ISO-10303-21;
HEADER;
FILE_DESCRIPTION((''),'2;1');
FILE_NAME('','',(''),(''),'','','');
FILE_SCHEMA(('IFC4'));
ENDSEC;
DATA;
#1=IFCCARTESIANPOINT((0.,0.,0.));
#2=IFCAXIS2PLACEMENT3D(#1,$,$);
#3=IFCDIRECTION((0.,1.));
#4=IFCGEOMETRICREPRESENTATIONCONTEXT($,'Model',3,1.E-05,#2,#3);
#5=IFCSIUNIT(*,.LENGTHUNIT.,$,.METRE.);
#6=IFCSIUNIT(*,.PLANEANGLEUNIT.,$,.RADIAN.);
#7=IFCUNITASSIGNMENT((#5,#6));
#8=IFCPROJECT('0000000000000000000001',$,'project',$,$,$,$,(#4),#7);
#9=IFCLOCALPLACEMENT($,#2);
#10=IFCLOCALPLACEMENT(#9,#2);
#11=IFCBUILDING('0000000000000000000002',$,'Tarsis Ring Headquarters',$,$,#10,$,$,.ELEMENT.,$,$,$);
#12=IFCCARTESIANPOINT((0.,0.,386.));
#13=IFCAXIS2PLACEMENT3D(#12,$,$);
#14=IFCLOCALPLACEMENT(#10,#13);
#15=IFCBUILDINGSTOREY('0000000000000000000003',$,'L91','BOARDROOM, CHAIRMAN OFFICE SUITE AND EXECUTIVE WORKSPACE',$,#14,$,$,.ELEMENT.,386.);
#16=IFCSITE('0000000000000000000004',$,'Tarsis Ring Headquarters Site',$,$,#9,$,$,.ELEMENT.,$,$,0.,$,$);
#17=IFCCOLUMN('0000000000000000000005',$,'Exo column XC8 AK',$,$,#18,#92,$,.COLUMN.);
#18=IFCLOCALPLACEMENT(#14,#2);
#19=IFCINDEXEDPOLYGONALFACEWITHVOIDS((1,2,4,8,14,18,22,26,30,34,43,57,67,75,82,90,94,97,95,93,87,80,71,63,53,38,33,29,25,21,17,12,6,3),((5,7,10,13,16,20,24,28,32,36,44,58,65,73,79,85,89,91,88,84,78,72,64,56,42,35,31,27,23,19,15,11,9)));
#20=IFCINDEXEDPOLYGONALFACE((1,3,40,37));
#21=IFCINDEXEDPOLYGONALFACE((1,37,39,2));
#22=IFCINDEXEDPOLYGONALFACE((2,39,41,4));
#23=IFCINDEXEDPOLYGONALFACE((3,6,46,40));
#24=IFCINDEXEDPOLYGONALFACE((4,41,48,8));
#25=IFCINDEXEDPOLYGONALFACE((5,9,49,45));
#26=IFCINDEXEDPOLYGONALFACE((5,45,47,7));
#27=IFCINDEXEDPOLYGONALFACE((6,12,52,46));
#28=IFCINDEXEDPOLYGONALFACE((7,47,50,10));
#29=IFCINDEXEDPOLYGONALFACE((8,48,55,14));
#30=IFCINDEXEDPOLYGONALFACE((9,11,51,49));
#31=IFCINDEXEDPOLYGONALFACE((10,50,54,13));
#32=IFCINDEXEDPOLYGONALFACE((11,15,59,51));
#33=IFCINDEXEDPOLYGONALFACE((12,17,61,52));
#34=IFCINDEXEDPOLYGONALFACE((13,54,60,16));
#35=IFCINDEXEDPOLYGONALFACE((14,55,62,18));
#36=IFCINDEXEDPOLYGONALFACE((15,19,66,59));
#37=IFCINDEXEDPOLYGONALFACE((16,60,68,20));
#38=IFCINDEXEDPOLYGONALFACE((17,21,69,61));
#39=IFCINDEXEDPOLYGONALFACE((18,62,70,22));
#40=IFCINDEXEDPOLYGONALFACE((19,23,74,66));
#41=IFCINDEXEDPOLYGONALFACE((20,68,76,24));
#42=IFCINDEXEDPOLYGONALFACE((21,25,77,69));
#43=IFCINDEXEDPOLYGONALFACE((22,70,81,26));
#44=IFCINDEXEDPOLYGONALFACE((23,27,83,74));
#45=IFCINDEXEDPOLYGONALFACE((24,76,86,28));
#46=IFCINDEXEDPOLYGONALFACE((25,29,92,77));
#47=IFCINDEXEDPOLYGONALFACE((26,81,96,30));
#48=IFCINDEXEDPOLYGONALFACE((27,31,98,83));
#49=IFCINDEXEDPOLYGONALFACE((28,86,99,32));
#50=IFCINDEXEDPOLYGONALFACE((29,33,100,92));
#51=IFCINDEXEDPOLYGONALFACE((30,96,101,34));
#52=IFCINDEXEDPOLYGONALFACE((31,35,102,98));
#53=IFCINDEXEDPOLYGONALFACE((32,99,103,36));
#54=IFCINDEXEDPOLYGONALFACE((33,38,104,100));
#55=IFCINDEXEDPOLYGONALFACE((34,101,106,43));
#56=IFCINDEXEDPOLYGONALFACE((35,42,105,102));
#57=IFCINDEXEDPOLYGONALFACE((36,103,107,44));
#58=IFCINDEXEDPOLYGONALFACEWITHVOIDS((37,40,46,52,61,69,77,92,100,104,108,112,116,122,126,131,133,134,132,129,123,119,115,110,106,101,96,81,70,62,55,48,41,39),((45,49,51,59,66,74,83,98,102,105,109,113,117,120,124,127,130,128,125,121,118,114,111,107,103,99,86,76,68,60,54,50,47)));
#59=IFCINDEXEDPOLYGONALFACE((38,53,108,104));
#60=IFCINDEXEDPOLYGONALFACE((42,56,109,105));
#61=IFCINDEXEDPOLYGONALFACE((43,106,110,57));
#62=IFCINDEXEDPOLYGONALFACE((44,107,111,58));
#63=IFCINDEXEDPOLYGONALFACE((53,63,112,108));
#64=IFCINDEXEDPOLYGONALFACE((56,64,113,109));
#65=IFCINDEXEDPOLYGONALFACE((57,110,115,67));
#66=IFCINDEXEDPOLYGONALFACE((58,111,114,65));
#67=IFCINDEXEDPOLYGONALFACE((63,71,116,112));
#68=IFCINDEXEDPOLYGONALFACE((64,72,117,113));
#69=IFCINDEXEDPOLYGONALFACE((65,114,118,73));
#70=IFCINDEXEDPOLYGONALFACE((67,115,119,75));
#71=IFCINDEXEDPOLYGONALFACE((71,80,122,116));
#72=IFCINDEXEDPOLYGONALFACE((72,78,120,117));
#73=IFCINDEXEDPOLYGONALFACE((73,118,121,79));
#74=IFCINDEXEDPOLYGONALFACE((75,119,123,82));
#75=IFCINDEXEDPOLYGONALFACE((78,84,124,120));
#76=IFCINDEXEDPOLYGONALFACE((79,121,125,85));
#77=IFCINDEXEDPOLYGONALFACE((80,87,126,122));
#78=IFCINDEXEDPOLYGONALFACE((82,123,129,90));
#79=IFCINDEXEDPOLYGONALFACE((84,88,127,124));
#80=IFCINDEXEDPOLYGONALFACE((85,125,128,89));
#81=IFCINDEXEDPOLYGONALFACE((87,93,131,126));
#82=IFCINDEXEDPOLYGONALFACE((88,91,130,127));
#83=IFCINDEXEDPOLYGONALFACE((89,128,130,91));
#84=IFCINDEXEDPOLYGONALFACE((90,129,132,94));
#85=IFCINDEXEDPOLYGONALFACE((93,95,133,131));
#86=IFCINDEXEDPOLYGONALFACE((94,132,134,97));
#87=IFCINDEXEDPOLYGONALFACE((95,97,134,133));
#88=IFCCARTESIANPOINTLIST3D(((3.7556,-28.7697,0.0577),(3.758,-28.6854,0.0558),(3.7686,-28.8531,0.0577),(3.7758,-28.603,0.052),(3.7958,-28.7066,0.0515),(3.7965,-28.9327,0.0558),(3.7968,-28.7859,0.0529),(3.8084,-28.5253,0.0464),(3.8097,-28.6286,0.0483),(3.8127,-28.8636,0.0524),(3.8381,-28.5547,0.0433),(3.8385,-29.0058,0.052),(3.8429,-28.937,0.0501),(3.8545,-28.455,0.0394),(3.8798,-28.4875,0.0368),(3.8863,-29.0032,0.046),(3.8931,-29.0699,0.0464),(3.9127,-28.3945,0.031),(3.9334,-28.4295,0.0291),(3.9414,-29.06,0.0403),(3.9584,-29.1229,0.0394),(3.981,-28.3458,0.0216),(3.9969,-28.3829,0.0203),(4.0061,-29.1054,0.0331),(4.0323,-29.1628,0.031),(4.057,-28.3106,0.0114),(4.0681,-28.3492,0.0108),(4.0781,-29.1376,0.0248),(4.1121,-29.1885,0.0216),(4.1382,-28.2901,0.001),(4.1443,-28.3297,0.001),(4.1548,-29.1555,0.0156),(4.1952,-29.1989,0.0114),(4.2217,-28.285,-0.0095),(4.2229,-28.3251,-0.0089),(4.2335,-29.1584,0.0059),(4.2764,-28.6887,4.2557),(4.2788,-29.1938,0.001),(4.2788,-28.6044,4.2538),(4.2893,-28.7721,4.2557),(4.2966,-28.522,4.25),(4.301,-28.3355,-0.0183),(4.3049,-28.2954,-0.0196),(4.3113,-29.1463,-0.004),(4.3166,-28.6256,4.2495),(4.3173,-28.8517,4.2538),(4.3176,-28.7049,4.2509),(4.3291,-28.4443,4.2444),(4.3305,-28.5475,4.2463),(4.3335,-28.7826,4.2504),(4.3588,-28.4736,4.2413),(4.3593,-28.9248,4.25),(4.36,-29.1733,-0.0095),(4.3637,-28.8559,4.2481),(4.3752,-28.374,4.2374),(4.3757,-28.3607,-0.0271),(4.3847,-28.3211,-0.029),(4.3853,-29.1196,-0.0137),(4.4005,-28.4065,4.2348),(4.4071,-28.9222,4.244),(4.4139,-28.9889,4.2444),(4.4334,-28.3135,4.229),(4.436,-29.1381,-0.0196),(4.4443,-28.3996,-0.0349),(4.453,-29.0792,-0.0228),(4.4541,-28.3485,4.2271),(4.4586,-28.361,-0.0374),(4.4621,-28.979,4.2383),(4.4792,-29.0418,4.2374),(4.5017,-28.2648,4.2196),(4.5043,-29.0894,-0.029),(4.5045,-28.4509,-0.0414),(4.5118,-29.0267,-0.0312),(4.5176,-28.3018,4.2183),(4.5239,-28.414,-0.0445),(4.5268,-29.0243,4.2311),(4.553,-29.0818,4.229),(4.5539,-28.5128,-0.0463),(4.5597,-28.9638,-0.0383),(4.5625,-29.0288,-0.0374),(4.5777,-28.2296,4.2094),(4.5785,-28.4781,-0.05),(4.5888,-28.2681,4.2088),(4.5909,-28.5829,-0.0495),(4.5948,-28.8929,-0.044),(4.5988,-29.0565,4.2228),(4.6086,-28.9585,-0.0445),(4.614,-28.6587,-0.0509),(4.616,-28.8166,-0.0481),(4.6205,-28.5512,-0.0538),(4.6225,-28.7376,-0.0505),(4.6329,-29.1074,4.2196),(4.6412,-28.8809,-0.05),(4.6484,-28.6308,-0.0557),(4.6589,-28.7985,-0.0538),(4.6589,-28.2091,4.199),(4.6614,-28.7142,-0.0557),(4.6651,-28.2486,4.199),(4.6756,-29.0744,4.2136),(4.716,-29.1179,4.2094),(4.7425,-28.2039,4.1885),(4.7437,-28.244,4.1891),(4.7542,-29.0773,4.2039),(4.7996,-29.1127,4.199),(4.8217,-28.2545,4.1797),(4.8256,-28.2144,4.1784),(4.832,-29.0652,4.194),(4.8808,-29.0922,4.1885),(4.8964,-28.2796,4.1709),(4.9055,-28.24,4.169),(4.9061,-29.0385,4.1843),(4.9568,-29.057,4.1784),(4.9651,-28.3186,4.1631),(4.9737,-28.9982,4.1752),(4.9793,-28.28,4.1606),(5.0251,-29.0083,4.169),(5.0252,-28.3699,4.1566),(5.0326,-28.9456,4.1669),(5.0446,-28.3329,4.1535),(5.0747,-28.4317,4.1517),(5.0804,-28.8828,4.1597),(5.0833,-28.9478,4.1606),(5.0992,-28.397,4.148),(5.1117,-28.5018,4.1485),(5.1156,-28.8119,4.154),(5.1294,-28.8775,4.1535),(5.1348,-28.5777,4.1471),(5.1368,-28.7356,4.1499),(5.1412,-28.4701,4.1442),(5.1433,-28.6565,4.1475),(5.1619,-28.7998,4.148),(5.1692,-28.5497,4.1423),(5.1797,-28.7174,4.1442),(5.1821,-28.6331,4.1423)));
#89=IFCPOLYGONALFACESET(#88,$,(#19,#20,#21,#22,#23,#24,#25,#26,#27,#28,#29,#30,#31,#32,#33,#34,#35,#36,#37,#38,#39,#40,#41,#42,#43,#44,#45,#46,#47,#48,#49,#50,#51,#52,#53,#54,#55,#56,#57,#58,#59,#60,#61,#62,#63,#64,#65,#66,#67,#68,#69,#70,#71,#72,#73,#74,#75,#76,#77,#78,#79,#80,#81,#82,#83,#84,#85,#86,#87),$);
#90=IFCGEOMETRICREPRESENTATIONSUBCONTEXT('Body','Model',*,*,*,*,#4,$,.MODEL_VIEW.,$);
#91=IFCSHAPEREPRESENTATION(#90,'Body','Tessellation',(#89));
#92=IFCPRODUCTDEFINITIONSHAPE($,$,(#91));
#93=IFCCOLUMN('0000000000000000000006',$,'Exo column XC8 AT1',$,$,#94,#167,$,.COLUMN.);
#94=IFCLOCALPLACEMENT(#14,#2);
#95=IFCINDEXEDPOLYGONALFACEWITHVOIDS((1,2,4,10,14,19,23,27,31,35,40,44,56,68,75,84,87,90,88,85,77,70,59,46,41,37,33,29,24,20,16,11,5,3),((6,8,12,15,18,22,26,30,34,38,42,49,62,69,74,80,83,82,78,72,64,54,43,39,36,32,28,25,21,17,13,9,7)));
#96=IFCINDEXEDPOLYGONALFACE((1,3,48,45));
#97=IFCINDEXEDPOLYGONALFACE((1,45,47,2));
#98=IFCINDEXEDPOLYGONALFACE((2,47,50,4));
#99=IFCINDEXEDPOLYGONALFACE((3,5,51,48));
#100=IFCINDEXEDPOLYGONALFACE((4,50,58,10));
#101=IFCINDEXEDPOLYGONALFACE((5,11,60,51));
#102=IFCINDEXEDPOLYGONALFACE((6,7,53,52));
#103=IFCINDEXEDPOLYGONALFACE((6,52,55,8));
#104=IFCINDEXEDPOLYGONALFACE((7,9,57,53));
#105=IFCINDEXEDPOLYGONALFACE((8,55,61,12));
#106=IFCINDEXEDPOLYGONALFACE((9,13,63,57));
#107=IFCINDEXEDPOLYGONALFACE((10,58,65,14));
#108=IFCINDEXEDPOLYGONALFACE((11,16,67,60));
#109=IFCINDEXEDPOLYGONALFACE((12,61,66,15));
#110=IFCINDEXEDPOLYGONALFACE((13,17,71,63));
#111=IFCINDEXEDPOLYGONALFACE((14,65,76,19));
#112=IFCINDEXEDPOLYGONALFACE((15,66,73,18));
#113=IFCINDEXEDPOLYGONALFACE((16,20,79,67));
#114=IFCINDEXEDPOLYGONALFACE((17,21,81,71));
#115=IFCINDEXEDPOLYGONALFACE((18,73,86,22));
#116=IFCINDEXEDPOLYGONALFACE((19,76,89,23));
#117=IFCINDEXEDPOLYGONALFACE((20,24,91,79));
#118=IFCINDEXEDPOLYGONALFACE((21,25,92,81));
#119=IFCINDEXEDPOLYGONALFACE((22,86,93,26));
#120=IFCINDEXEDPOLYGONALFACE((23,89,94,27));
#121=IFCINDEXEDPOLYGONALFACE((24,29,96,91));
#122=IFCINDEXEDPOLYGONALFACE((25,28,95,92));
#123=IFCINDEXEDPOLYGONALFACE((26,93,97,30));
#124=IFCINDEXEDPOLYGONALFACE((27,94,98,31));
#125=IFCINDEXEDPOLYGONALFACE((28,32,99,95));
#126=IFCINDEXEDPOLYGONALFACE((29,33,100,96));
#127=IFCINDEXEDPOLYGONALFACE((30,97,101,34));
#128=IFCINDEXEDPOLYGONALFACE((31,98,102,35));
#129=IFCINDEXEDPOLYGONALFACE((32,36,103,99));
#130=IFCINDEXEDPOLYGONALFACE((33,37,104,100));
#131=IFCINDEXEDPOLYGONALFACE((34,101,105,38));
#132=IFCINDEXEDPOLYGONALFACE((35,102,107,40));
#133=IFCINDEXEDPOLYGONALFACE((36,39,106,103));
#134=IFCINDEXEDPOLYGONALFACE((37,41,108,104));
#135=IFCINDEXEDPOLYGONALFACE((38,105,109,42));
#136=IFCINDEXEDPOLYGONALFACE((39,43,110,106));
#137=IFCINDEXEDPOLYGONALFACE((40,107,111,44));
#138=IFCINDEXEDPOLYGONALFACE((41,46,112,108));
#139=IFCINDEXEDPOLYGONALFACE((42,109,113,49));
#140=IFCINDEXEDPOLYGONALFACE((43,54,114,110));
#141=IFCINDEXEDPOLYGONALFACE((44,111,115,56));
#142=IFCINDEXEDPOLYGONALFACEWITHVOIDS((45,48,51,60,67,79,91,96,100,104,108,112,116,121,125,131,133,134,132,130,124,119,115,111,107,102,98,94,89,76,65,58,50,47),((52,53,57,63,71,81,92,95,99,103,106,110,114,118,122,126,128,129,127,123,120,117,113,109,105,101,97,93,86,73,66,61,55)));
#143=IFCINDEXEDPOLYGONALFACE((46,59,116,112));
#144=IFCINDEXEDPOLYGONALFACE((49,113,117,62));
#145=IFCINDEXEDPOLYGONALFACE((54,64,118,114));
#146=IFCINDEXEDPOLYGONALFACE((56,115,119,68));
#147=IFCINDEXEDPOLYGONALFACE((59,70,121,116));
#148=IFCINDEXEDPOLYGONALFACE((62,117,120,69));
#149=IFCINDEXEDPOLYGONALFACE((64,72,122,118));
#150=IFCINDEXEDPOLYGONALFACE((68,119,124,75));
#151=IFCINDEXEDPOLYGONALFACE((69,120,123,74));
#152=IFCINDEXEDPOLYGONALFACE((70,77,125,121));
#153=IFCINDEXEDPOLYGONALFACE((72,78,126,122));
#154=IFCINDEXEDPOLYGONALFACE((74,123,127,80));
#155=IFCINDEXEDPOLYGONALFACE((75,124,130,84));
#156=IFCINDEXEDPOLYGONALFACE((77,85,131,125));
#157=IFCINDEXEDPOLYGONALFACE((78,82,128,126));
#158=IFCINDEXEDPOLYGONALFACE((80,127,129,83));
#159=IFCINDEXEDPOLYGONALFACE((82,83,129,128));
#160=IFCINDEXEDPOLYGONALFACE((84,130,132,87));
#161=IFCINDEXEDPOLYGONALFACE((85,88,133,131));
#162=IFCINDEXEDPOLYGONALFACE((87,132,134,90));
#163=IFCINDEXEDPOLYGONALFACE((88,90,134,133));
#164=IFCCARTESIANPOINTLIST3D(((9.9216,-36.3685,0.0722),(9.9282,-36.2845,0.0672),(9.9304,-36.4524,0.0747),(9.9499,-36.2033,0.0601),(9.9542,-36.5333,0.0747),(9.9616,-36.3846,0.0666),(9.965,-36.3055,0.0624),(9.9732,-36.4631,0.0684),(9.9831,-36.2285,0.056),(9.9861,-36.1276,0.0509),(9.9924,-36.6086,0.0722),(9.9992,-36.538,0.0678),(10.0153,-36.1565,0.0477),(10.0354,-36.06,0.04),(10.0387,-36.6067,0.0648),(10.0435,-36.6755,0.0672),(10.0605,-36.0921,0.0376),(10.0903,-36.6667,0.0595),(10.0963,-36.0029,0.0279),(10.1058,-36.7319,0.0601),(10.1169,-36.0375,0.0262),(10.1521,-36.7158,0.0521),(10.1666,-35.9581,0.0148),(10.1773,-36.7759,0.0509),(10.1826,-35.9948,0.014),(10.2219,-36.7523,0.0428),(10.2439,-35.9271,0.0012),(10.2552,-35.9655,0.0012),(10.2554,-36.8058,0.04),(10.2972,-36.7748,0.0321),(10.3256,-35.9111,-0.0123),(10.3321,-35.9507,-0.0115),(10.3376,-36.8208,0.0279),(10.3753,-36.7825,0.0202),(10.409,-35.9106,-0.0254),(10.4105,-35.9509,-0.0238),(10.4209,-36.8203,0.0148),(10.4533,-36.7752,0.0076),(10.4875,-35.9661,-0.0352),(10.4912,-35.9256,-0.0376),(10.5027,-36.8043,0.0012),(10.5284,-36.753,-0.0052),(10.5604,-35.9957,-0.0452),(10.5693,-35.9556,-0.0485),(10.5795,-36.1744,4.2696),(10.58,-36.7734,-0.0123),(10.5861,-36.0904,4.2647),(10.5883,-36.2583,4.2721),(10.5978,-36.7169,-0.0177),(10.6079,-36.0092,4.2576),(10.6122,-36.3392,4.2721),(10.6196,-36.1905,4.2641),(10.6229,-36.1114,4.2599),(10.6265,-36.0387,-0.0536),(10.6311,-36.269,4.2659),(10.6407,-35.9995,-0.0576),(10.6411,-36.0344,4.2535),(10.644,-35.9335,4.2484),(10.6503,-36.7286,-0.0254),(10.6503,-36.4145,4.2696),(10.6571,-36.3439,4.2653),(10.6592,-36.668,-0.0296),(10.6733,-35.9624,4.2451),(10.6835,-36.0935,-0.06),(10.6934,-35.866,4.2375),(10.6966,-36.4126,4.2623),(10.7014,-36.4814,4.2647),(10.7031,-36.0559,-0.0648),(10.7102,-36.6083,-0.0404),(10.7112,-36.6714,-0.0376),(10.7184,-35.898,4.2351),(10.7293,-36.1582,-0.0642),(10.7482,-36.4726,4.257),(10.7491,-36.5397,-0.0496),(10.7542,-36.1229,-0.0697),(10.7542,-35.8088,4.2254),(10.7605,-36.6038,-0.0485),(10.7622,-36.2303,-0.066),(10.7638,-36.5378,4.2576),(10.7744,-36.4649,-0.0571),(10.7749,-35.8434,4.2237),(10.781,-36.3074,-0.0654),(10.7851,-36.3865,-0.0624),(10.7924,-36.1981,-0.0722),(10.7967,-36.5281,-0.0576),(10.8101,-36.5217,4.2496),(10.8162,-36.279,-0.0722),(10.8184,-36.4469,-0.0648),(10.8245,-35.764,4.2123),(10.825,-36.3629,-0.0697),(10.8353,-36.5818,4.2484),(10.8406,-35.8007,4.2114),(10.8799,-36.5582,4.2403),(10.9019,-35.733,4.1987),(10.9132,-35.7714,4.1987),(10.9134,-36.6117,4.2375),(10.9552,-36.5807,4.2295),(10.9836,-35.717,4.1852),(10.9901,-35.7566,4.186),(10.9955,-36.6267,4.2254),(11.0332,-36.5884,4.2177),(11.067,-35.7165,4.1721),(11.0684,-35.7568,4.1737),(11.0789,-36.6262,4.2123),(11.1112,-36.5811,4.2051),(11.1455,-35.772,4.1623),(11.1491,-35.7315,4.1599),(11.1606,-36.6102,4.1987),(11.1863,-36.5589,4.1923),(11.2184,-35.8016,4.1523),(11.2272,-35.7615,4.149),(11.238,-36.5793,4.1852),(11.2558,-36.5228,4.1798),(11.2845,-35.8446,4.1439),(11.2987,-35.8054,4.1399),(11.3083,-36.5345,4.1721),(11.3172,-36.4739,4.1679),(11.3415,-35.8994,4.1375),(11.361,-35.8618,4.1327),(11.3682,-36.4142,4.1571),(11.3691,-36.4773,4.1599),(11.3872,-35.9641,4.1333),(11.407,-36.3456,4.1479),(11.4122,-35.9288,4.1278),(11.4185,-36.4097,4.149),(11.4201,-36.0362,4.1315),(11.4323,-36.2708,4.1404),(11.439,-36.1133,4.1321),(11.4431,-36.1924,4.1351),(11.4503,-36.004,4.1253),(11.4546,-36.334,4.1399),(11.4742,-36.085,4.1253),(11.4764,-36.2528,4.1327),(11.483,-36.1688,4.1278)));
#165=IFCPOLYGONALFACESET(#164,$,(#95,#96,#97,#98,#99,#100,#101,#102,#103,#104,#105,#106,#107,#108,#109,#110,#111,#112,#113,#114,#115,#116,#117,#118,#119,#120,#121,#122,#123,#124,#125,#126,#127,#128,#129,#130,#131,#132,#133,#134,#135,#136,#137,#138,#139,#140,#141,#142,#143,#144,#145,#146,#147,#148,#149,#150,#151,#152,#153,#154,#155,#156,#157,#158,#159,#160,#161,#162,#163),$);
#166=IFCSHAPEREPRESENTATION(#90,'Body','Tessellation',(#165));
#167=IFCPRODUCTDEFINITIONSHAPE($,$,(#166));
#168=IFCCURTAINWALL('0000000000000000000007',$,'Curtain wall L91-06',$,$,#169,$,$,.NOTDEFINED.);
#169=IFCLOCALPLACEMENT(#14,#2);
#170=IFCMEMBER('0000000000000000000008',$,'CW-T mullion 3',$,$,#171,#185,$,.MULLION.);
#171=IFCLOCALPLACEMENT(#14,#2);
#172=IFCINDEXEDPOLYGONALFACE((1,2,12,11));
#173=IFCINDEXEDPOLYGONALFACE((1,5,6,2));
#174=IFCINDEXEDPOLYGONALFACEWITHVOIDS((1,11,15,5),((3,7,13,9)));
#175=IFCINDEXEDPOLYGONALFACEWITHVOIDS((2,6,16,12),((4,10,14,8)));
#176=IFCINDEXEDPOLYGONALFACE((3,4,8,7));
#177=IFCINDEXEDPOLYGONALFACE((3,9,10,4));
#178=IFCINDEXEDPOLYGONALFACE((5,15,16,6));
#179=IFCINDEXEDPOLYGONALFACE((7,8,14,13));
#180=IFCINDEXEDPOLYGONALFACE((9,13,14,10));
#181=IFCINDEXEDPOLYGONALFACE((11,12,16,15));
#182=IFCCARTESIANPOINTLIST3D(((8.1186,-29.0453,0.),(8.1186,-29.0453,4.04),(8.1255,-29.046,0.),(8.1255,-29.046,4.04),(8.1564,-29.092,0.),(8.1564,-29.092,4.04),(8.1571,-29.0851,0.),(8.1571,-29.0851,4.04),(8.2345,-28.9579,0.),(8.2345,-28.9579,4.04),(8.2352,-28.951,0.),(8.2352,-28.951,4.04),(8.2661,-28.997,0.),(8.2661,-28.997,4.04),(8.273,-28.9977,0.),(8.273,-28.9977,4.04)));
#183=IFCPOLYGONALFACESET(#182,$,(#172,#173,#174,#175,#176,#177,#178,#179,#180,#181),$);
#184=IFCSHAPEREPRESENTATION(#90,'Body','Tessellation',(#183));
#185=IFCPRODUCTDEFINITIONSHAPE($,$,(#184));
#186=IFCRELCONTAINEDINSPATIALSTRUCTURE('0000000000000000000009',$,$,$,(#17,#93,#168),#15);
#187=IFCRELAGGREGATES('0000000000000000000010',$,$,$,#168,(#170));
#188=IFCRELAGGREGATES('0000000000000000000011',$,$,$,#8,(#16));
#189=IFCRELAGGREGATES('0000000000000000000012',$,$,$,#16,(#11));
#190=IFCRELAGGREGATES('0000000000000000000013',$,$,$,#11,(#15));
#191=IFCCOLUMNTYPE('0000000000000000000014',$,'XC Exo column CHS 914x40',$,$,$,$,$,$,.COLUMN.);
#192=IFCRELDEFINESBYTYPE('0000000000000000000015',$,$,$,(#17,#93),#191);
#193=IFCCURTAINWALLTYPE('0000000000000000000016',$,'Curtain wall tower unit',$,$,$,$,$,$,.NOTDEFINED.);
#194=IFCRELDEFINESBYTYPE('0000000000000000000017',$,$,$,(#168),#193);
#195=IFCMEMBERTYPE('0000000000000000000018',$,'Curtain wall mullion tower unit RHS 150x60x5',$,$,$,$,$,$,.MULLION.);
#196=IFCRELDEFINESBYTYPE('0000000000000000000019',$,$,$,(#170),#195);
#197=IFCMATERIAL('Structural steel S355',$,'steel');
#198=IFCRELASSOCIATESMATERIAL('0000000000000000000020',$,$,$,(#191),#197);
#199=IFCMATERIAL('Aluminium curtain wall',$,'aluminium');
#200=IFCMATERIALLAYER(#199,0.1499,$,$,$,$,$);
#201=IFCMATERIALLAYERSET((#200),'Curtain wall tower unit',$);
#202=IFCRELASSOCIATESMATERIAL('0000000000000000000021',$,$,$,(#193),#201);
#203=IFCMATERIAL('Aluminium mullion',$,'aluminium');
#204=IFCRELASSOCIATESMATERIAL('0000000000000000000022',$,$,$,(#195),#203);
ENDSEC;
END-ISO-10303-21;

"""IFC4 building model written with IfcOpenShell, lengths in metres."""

from ifc_helpers import new_model, si_unit, direction, frame, origin, origin_2d, place, context, subcontext, project, spatial, hollow_rectangle, hollow_circle, extrude, material, layer, layer_set, material_profile, profile_set, type_object, element, aggregate, save


model = new_model("IFC4")

# Units and contexts
model_context = context("Model", 3, precision=1e-05, world=origin(), true_north=direction((0.0, 1.0)))
body_context = subcontext(model_context, "Body", "Model", "MODEL_VIEW")
ifc_project = project(units=[si_unit("LENGTHUNIT", "METRE"), si_unit("PLANEANGLEUNIT", "RADIAN")], contexts=[model_context])

# Site, building, storey
site_placement = place(None, origin())
site = spatial("IfcSite", under=ifc_project, at=site_placement, Name="Tarsis Ring Headquarters Site", CompositionType="ELEMENT", RefElevation=0.0)
building_placement = place(site_placement, origin())
building = spatial("IfcBuilding", under=site, at=building_placement, Name="Tarsis Ring Headquarters", CompositionType="ELEMENT")
storey_placement = place(building_placement, frame((0.0, 0.0, 386.0)))
storey = spatial("IfcBuildingStorey", under=building, at=storey_placement, Name="L91", Description="BOARDROOM, CHAIRMAN OFFICE SUITE AND EXECUTIVE WORKSPACE", CompositionType="ELEMENT", Elevation=386.0)

# Columns
ifc_material_1 = material(Name="Structural steel S355", Category="steel")
ifc_material_profile_1 = material_profile(ifc_material_1, hollow_circle(Radius=0.457, WallThickness=0.04, at=origin_2d()), Name="CHS 914x40")
ifc_profile_set_1 = profile_set([ifc_material_profile_1], Name="Structural steel S355")
column_type = type_object("IfcColumnType", Name="XC Exo column CHS 914x40", PredefinedType="COLUMN", material=ifc_profile_set_1)
column_1_placement = place(storey_placement, frame((4.2085, -28.7419, 0.001), z_axis=(0.123082, 0.019158, 0.992212), x_axis=(-0.153797, 0.988102, 0.0)))
element("IfcColumn", 1, at=column_1_placement, inside=storey, type_object=column_type, Name="Exo column XC8 AK", PredefinedType="COLUMN", context=body_context, shape_type="SweptSolid", body=[
    extrude(hollow_circle(Radius=0.4573, WallThickness=0.04, at=origin_2d()), origin(), (0.0, 0.0, 1.0), 4.231),
])
column_2_placement = place(storey_placement, frame((10.3733, -36.3657, 0.0012), z_axis=(0.154698, 0.045634, 0.986907), x_axis=(-0.282937, 0.959139, 0.0)))
element("IfcColumn", 2, at=column_2_placement, inside=storey, type_object=column_type, Name="Exo column XC8 AT1", PredefinedType="COLUMN", context=body_context, shape_type="SweptSolid", body=[
    extrude(hollow_circle(Radius=0.4573, WallThickness=0.04, at=origin_2d()), origin(), (0.0, 0.0, 1.0), 4.2532),
])

# Curtain wall, member
ifc_material_2 = material(Name="Aluminium curtain wall", Category="aluminium")
ifc_layer_1 = layer(ifc_material_2, 0.1499)
ifc_layer_set_1 = layer_set([ifc_layer_1], Name="Curtain wall tower unit")
curtain_wall_type = type_object("IfcCurtainWallType", Name="Curtain wall tower unit", PredefinedType="NOTDEFINED", material=ifc_layer_set_1)
curtain_wall_placement = place(storey_placement, origin())
curtain_wall = element("IfcCurtainWall", 3, at=curtain_wall_placement, inside=storey, type_object=curtain_wall_type, Name="Curtain wall L91-06", PredefinedType="NOTDEFINED")
ifc_material_3 = material(Name="Aluminium mullion", Category="aluminium")
ifc_material_profile_2 = material_profile(ifc_material_3, hollow_rectangle(XDim=0.1499, YDim=0.0601, WallThickness=0.0049, at=origin_2d()), Name="RHS 150x60x5")
ifc_profile_set_2 = profile_set([ifc_material_profile_2], Name="Aluminium mullion")
member_type_1 = type_object("IfcMemberType", Name="Curtain wall mullion tower unit RHS 150x60x5", PredefinedType="MULLION", material=ifc_profile_set_2)
member_1_placement = place(storey_placement, frame((8.1958, -29.0215, 0.0), z_axis=(0.0, 0.0, 1.0), x_axis=(0.777585, 0.628778, 0.0)))
member_1 = element("IfcMember", 4, at=member_1_placement, type_object=member_type_1, Name="CW-T mullion 3", PredefinedType="MULLION", context=body_context, shape_type="SweptSolid", body=[
    extrude(hollow_rectangle(XDim=0.1499, YDim=0.0601, WallThickness=0.0049, at=origin_2d()), origin(), (0.0, 0.0, 1.0), 4.04),
])
aggregate(curtain_wall, [member_1])

save(model, "model.ifc")
